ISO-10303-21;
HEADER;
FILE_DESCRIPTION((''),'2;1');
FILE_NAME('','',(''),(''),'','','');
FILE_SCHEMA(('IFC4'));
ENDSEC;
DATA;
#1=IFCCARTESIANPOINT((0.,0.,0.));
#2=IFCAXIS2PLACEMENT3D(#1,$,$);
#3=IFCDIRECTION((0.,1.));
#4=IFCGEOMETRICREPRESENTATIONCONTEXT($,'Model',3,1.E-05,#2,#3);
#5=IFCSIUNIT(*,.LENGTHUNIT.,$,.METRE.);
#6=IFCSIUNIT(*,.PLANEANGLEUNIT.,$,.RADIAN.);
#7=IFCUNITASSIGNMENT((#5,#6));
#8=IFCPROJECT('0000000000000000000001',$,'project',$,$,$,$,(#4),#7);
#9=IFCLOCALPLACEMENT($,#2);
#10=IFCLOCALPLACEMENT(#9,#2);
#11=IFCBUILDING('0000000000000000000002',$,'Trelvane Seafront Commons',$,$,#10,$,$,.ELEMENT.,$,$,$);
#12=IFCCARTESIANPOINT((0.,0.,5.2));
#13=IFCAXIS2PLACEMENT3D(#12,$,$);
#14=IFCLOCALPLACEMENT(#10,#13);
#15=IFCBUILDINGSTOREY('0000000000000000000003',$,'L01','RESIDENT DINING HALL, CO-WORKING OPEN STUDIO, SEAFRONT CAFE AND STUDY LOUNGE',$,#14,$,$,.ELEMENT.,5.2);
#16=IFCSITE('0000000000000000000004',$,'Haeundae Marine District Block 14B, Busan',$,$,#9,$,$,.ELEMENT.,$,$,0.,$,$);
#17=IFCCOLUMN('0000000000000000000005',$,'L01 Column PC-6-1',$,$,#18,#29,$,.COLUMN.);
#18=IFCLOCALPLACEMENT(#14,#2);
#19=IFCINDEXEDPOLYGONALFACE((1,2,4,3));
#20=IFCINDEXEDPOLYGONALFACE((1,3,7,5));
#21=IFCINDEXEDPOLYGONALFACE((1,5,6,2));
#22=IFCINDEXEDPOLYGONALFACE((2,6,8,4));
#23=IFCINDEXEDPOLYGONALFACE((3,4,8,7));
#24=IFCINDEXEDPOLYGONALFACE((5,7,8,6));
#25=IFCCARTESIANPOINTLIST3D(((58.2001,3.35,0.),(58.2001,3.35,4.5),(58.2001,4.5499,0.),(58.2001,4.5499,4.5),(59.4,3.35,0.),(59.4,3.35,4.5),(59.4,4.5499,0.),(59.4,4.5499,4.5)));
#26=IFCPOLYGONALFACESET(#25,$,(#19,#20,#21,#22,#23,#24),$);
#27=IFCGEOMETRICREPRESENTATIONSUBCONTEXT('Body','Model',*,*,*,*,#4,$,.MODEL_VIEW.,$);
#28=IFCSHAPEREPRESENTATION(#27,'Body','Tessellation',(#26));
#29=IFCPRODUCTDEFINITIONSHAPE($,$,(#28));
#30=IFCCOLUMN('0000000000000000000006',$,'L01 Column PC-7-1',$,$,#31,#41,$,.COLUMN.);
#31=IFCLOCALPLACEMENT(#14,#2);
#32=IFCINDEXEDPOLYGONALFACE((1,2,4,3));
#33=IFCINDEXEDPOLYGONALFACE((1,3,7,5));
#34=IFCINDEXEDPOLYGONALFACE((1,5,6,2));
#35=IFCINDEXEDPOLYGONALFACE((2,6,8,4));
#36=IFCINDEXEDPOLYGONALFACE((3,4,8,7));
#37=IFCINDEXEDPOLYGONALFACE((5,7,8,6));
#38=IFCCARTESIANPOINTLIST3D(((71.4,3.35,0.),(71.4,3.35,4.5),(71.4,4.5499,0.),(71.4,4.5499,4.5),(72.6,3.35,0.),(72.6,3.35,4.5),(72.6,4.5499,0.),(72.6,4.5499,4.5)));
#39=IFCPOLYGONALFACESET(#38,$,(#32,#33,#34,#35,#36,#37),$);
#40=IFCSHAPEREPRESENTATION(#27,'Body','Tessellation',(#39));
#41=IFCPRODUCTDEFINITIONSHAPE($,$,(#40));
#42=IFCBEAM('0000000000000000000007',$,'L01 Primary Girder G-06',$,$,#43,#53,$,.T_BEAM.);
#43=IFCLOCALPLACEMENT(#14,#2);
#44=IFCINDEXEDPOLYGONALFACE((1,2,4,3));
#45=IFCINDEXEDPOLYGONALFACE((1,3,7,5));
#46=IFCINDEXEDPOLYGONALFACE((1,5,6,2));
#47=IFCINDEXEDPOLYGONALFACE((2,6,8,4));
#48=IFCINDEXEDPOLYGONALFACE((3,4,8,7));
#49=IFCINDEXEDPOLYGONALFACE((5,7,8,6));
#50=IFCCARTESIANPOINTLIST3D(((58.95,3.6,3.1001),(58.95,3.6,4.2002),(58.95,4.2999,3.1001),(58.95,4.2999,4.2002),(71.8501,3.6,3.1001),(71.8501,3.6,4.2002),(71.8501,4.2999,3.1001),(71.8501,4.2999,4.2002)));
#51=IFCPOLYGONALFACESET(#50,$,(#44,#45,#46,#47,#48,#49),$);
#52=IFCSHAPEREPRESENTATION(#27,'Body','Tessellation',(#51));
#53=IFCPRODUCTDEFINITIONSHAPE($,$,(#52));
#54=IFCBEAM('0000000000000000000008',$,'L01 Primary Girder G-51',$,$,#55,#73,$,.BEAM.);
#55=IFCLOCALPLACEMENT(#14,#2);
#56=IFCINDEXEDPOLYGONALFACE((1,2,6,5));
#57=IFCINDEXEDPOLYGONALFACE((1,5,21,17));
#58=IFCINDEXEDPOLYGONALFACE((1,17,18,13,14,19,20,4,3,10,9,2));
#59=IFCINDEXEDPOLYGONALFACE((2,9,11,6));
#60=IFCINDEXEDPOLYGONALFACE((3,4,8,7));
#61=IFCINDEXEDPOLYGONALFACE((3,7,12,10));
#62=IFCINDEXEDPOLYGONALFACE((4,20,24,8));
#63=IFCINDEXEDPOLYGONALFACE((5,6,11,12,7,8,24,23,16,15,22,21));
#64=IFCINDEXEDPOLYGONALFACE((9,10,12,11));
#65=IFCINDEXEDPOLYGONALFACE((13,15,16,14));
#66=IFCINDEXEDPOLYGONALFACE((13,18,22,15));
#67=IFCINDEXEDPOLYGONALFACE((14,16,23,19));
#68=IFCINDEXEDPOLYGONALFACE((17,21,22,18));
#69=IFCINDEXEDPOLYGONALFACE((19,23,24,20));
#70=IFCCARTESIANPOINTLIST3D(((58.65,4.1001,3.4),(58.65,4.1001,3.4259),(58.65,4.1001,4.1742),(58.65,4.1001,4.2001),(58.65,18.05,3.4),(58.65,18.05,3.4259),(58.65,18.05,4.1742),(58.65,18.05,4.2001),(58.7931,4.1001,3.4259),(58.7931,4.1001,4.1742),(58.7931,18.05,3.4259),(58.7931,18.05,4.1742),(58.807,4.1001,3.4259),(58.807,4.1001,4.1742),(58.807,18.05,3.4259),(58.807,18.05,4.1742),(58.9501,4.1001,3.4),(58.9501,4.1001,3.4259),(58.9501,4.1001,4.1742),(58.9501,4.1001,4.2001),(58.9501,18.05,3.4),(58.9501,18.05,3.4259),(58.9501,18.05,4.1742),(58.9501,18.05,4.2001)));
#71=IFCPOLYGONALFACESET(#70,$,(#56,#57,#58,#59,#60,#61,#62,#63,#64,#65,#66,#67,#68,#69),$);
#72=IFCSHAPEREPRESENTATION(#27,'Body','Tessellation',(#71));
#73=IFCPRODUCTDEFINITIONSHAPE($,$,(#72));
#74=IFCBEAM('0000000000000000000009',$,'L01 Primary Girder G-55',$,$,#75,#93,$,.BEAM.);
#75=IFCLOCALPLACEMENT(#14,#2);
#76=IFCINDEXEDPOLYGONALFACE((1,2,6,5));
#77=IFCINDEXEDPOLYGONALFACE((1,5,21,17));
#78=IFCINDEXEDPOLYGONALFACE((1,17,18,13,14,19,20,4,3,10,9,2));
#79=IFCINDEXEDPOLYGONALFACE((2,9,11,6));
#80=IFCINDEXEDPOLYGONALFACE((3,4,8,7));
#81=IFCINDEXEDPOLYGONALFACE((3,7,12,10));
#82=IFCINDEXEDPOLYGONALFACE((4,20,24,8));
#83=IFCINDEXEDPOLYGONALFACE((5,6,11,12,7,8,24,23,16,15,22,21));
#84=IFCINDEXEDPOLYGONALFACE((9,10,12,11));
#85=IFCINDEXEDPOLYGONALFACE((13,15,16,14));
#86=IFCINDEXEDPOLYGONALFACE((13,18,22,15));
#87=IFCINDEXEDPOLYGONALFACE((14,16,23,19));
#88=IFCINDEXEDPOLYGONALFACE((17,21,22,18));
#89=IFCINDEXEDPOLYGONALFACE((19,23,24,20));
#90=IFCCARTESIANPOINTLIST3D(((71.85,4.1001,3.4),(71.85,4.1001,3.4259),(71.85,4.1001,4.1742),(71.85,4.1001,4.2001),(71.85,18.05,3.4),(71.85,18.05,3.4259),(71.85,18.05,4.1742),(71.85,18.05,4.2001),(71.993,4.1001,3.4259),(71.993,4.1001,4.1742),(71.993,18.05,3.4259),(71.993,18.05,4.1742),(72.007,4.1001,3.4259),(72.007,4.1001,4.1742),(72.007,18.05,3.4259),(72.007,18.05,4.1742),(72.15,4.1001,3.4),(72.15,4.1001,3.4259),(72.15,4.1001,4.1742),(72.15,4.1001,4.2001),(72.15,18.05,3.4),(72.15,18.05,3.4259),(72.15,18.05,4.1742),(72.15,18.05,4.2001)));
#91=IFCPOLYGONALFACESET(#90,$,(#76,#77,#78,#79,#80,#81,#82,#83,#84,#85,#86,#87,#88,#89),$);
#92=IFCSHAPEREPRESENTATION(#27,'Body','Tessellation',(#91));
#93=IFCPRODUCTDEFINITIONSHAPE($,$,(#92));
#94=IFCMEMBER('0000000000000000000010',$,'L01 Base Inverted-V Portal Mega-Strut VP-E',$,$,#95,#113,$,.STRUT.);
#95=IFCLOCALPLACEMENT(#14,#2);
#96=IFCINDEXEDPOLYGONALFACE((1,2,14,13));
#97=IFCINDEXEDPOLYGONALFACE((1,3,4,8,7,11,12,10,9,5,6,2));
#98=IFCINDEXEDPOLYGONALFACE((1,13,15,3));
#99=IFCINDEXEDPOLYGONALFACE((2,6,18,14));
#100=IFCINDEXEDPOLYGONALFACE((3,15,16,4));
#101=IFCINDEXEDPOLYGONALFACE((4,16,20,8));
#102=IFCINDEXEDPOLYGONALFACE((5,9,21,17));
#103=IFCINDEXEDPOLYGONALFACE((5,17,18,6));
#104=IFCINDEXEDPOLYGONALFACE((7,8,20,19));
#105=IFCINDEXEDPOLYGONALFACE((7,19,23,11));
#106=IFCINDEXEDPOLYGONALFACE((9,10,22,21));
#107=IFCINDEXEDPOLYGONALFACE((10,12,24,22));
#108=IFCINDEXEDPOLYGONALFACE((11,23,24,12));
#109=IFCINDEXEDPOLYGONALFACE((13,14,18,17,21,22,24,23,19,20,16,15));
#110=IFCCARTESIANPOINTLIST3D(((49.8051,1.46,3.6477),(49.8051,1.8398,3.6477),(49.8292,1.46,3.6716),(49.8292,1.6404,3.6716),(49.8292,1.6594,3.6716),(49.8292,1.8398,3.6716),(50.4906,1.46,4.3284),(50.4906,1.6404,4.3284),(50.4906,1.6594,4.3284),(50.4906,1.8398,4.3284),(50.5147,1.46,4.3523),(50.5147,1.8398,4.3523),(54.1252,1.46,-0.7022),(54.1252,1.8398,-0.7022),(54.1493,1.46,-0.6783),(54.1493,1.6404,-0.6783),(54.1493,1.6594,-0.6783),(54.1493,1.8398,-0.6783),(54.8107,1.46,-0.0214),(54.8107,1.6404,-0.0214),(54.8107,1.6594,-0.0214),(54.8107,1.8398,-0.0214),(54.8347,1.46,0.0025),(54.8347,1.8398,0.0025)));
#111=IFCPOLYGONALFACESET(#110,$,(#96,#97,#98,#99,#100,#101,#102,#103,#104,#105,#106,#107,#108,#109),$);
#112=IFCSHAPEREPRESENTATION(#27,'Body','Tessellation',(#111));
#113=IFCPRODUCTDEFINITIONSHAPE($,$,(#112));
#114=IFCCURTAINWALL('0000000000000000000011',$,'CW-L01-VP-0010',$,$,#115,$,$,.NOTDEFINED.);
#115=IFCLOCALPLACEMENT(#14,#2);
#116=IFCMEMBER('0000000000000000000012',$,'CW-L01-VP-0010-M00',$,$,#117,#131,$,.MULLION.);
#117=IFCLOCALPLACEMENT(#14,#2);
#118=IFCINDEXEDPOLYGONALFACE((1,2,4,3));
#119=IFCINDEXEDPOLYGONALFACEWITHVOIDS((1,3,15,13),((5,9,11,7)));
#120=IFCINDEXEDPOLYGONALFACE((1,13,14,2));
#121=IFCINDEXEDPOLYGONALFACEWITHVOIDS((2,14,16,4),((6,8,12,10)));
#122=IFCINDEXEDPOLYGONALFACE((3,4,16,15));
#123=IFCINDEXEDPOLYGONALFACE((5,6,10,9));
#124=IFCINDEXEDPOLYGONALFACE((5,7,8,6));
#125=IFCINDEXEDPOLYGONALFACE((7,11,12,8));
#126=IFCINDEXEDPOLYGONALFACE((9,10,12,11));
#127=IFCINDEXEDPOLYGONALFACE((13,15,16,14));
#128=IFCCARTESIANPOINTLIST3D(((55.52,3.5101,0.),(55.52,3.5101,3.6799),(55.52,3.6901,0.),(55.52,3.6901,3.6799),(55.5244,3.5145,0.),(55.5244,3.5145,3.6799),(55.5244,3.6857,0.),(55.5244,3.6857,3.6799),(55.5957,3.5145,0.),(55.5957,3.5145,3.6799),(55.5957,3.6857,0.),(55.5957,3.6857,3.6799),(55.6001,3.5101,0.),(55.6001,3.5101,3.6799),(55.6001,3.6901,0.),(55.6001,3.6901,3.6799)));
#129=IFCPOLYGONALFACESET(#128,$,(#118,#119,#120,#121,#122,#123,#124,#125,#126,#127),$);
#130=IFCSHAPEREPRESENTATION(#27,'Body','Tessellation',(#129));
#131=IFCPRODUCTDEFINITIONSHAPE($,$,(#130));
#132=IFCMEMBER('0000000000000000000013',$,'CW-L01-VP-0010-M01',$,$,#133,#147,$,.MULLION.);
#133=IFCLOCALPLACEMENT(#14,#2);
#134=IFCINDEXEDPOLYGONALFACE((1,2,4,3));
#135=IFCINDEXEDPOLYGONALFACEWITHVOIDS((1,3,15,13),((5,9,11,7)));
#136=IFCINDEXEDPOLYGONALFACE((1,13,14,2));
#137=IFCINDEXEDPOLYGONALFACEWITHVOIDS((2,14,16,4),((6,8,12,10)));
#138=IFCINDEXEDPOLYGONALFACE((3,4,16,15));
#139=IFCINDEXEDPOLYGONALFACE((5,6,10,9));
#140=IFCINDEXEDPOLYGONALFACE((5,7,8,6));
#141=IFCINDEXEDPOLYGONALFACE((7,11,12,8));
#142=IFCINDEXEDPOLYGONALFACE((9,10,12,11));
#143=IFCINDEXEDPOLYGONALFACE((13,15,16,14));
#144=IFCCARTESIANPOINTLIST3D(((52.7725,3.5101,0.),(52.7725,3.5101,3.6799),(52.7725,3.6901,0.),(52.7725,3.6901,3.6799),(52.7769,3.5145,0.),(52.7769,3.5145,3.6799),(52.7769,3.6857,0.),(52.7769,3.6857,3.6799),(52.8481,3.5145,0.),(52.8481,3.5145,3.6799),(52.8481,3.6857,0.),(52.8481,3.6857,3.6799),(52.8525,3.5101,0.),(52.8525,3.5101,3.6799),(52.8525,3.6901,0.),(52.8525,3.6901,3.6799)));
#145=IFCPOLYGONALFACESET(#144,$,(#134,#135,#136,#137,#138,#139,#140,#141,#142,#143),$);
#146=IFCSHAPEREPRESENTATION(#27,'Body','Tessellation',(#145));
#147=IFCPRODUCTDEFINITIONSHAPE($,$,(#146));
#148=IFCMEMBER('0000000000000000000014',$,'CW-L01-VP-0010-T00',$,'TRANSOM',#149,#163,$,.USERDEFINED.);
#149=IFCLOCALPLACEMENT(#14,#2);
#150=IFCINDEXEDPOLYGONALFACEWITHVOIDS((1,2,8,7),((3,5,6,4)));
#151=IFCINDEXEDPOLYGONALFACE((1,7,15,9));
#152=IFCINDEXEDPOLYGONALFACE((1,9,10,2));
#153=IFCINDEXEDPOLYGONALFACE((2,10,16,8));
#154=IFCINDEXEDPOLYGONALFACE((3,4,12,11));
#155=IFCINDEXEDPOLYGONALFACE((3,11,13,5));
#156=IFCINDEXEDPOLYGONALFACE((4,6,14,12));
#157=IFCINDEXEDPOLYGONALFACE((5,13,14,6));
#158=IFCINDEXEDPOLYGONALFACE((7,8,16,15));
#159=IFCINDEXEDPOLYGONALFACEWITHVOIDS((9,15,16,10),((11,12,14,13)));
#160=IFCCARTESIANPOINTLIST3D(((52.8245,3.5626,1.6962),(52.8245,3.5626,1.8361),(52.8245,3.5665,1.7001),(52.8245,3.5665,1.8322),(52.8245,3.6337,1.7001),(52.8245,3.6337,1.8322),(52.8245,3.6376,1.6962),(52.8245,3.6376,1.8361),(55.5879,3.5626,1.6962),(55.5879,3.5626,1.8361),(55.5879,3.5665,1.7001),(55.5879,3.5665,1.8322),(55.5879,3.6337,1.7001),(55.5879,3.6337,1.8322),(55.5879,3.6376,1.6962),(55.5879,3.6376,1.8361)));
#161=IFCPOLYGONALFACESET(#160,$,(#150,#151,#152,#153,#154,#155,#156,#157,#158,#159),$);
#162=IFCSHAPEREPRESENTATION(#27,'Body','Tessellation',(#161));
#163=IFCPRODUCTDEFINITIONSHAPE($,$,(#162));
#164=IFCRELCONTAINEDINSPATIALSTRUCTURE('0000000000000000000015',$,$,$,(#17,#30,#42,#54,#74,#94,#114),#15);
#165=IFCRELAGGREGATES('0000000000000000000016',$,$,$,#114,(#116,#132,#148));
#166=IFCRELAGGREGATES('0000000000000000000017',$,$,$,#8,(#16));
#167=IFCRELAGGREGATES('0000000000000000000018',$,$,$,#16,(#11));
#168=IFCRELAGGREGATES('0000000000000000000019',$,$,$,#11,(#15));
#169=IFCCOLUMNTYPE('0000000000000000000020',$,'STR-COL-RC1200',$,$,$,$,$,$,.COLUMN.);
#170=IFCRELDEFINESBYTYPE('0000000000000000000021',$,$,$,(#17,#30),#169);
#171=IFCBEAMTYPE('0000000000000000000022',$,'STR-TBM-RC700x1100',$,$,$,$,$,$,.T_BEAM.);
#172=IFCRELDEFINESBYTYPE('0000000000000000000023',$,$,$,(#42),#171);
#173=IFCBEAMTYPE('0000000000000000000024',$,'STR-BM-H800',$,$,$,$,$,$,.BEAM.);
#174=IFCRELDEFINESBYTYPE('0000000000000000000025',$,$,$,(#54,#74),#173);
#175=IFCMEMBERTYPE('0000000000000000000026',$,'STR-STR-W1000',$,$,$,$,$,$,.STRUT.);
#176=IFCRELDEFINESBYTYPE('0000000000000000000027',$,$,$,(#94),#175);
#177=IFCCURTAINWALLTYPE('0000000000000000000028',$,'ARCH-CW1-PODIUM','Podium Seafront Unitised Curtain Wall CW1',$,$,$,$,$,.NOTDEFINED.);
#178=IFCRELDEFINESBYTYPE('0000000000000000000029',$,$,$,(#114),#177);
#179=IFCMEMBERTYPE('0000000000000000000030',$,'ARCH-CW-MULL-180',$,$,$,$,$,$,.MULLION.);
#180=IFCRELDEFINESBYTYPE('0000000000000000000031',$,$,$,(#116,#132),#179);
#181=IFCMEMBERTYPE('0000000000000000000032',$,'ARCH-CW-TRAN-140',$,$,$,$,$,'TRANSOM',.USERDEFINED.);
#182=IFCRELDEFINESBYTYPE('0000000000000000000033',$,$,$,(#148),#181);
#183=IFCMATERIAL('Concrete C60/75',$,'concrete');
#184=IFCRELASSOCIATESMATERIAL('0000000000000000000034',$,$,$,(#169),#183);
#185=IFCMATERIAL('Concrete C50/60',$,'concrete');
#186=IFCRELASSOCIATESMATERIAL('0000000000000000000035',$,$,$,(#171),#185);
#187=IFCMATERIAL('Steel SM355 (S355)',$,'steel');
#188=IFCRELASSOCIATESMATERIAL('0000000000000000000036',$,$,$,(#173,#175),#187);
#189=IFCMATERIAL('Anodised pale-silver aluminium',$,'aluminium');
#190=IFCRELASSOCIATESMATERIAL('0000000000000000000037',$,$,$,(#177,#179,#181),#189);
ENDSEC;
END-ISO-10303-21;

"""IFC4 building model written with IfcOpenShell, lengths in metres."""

from ifc_helpers import new_model, si_unit, direction, frame, origin, origin_2d, place, context, subcontext, project, spatial, rectangle, hollow_rectangle, i_section, extrude, source, transform, mapped, material, material_profile, profile_set, type_object, element, aggregate, save


model = new_model("IFC4")

# Units and contexts
model_context = context("Model", 3, precision=1e-05, world=origin(), true_north=direction((0.0, 1.0)))
body_context = subcontext(model_context, "Body", "Model", "MODEL_VIEW")
ifc_project = project(units=[si_unit("LENGTHUNIT", "METRE"), si_unit("PLANEANGLEUNIT", "RADIAN")], contexts=[model_context])

# Site, building, storey
site_placement = place(None, origin())
site = spatial("IfcSite", under=ifc_project, at=site_placement, Name="Haeundae Marine District Block 14B, Busan", CompositionType="ELEMENT", RefElevation=0.0)
building_placement = place(site_placement, origin())
building = spatial("IfcBuilding", under=site, at=building_placement, Name="Trelvane Seafront Commons", CompositionType="ELEMENT")
storey_placement = place(building_placement, frame((0.0, 0.0, 5.2)))
storey = spatial("IfcBuildingStorey", under=building, at=storey_placement, Name="L01", Description="RESIDENT DINING HALL, CO-WORKING OPEN STUDIO, SEAFRONT CAFE AND STUDY LOUNGE", CompositionType="ELEMENT", Elevation=5.2)

# Columns
ifc_material_1 = material(Name="Concrete C60/75", Category="concrete")
ifc_material_profile_1 = material_profile(ifc_material_1, rectangle(XDim=1.2, YDim=1.2, at=origin_2d()), Name="RC-1200x1200")
ifc_profile_set_1 = profile_set([ifc_material_profile_1], Name="Concrete C60/75")
column_type = type_object("IfcColumnType", Name="STR-COL-RC1200", PredefinedType="COLUMN", material=ifc_profile_set_1)
shared_shape_1 = source(origin(), body_context, "Body", "SweptSolid", [
    extrude(rectangle(XDim=1.2, YDim=1.2, at=origin_2d()), origin(), (0.0, 0.0, 1.0), 4.5),
])
for number, where, z_axis, x_axis, name in (
    (1, (58.8, 3.95, 0.0), (0.0, 0.0, 1.0), (1.0, 0.0, 0.0), "L01 Column PC-6-1"),
    (2, (72.0, 3.95, 0.0), (0.0, 0.0, 1.0), (1.0, 0.0, 0.0), "L01 Column PC-7-1"),
):
    element("IfcColumn", number, at=place(storey_placement, frame(where, z_axis=z_axis, x_axis=x_axis)), inside=storey, type_object=column_type, Name=name, PredefinedType="COLUMN", context=body_context, shape_type="MappedRepresentation", body=[
        mapped(shared_shape_1, transform((0.0, 0.0, 0.0), x_axis=(1.0, 0.0, 0.0), y_axis=(0.0, 1.0, 0.0), z_axis=(0.0, 0.0, 1.0), scale=1.0)),
    ])

# Beams
ifc_material_2 = material(Name="Concrete C50/60", Category="concrete")
ifc_material_profile_2 = material_profile(ifc_material_2, rectangle(XDim=0.7, YDim=1.1001, at=origin_2d()), Name="RC-700x1100")
ifc_profile_set_2 = profile_set([ifc_material_profile_2], Name="Concrete C50/60")
beam_type_1 = type_object("IfcBeamType", Name="STR-TBM-RC700x1100", PredefinedType="T_BEAM", material=ifc_profile_set_2)
shared_shape_2 = source(origin(), body_context, "Body", "SweptSolid", [
    extrude(rectangle(XDim=0.7, YDim=1.1001, at=origin_2d()), origin(), (0.0, 0.0, 1.0), 12.9001),
])
beam_placement = place(storey_placement, frame((58.95, 3.95, 3.6501), z_axis=(1.0, 0.0, 0.0), x_axis=(0.0, 1.0, 0.0)))
element("IfcBeam", 3, at=beam_placement, inside=storey, type_object=beam_type_1, Name="L01 Primary Girder G-06", PredefinedType="T_BEAM", context=body_context, shape_type="MappedRepresentation", body=[
    mapped(shared_shape_2, transform((0.0, 0.0, 0.0), x_axis=(1.0, 0.0, 0.0), y_axis=(0.0, 1.0, 0.0), z_axis=(0.0, 0.0, 1.0), scale=1.0)),
])
ifc_material_3 = material(Name="Steel SM355 (S355)", Category="steel")
ifc_material_profile_3 = material_profile(ifc_material_3, i_section(OverallWidth=0.3, OverallDepth=0.8, WebThickness=0.0139, FlangeThickness=0.0259, at=origin_2d()), Name="H-800x300x14x26")
ifc_profile_set_3 = profile_set([ifc_material_profile_3], Name="Steel SM355 (S355)")
beam_type_2 = type_object("IfcBeamType", Name="STR-BM-H800", PredefinedType="BEAM", material=ifc_profile_set_3)
shared_shape_3 = source(origin(), body_context, "Body", "SweptSolid", [
    extrude(i_section(OverallWidth=0.3, OverallDepth=0.8, WebThickness=0.0139, FlangeThickness=0.0259, at=origin_2d()), origin(), (0.0, 0.0, 1.0), 13.95),
])
for number, where, z_axis, x_axis, name in (
    (4, (58.8, 4.1001, 3.8), (0.0, 1.0, 0.0), (-1.0, 0.0, 0.0), "L01 Primary Girder G-51"),
    (5, (72.0, 4.1001, 3.8), (0.0, 1.0, 0.0), (-1.0, 0.0, 0.0), "L01 Primary Girder G-55"),
):
    element("IfcBeam", number, at=place(storey_placement, frame(where, z_axis=z_axis, x_axis=x_axis)), inside=storey, type_object=beam_type_2, Name=name, PredefinedType="BEAM", context=body_context, shape_type="MappedRepresentation", body=[
        mapped(shared_shape_3, transform((0.0, 0.0, 0.0), x_axis=(1.0, 0.0, 0.0), y_axis=(0.0, 1.0, 0.0), z_axis=(0.0, 0.0, 1.0), scale=1.0)),
    ])

# Member
ifc_material_profile_4 = material_profile(ifc_material_3, i_section(OverallWidth=0.3799, OverallDepth=1.0, WebThickness=0.019, FlangeThickness=0.0339, at=origin_2d()), Name="W-1000x380x19x34")
ifc_profile_set_4 = profile_set([ifc_material_profile_4], Name="Steel SM355 (S355)")
member_type_1 = type_object("IfcMemberType", Name="STR-STR-W1000", PredefinedType="STRUT", material=ifc_profile_set_4)
shared_shape_4 = source(origin(), body_context, "Body", "SweptSolid", [
    extrude(i_section(OverallWidth=0.3799, OverallDepth=1.0, WebThickness=0.019, FlangeThickness=0.0339, at=origin_2d()), origin(), (0.0, 0.0, 1.0), 6.1306),
])
member_1_placement = place(storey_placement, frame((54.48, 1.6499, -0.3499), z_axis=(-0.704673, 0.0, 0.709532), x_axis=(0.0, -1.0, 0.0)))
element("IfcMember", 6, at=member_1_placement, inside=storey, type_object=member_type_1, Name="L01 Base Inverted-V Portal Mega-Strut VP-E", PredefinedType="STRUT", context=body_context, shape_type="MappedRepresentation", body=[
    mapped(shared_shape_4, transform((0.0, 0.0, 0.0), x_axis=(1.0, 0.0, 0.0), y_axis=(0.0, 1.0, 0.0), z_axis=(0.0, 0.0, 1.0), scale=1.0)),
])

# Curtain wall, members
ifc_material_4 = material(Name="Anodised pale-silver aluminium", Category="aluminium")
curtain_wall_type = type_object("IfcCurtainWallType", Name="ARCH-CW1-PODIUM", Description="Podium Seafront Unitised Curtain Wall CW1", PredefinedType="NOTDEFINED", material=ifc_material_4)
curtain_wall_placement = place(storey_placement, origin())
curtain_wall = element("IfcCurtainWall", 7, at=curtain_wall_placement, inside=storey, type_object=curtain_wall_type, Name="CW-L01-VP-0010", PredefinedType="NOTDEFINED")
ifc_material_profile_5 = material_profile(ifc_material_4, hollow_rectangle(XDim=0.0801, YDim=0.1799, WallThickness=0.0044, at=origin_2d()), Name="MULL-80x180x4.5")
ifc_profile_set_5 = profile_set([ifc_material_profile_5], Name="Anodised pale-silver aluminium")
member_type_2 = type_object("IfcMemberType", Name="ARCH-CW-MULL-180", PredefinedType="MULLION", material=ifc_profile_set_5)
shared_shape_5 = source(origin(), body_context, "Body", "SweptSolid", [
    extrude(hollow_rectangle(XDim=0.0801, YDim=0.1799, WallThickness=0.0044, at=origin_2d()), origin(), (0.0, 0.0, 1.0), 3.6799),
])
member_2_placement = place(storey_placement, frame((55.5601, 3.6001, 0.0), z_axis=(0.0, 0.0, 1.0), x_axis=(1.0, 0.0, 0.0)))
member_2 = element("IfcMember", 8, at=member_2_placement, type_object=member_type_2, Name="CW-L01-VP-0010-M00", PredefinedType="MULLION", context=body_context, shape_type="MappedRepresentation", body=[
    mapped(shared_shape_5, transform((0.0, 0.0, 0.0), x_axis=(1.0, 0.0, 0.0), y_axis=(0.0, 1.0, 0.0), z_axis=(0.0, 0.0, 1.0), scale=1.0)),
])
member_3_placement = place(storey_placement, frame((52.8125, 3.6001, 0.0), z_axis=(0.0, 0.0, 1.0), x_axis=(1.0, 0.0, 0.0)))
member_3 = element("IfcMember", 9, at=member_3_placement, type_object=member_type_2, Name="CW-L01-VP-0010-M01", PredefinedType="MULLION", context=body_context, shape_type="MappedRepresentation", body=[
    mapped(shared_shape_5, transform((0.0, 0.0, 0.0), x_axis=(1.0, 0.0, 0.0), y_axis=(0.0, 1.0, 0.0), z_axis=(0.0, 0.0, 1.0), scale=1.0)),
])
ifc_material_profile_6 = material_profile(ifc_material_4, hollow_rectangle(XDim=0.075, YDim=0.1399, WallThickness=0.0039, at=origin_2d()), Name="TRAN-75x140x4")
ifc_profile_set_6 = profile_set([ifc_material_profile_6], Name="Anodised pale-silver aluminium")
member_type_3 = type_object("IfcMemberType", Name="ARCH-CW-TRAN-140", ElementType="TRANSOM", PredefinedType="USERDEFINED", material=ifc_profile_set_6)
shared_shape_6 = source(origin(), body_context, "Body", "SweptSolid", [
    extrude(hollow_rectangle(XDim=0.075, YDim=0.1399, WallThickness=0.0039, at=origin_2d()), origin(), (0.0, 0.0, 1.0), 2.7634),
])
member_4_placement = place(storey_placement, frame((55.5879, 3.6001, 1.7661), z_axis=(-1.0, 0.0, 0.0), x_axis=(0.0, -1.0, 0.0)))
member_4 = element("IfcMember", 10, at=member_4_placement, type_object=member_type_3, Name="CW-L01-VP-0010-T00", ObjectType="TRANSOM", PredefinedType="USERDEFINED", context=body_context, shape_type="MappedRepresentation", body=[
    mapped(shared_shape_6, transform((0.0, 0.0, 0.0), x_axis=(1.0, 0.0, 0.0), y_axis=(0.0, 1.0, 0.0), z_axis=(0.0, 0.0, 1.0), scale=1.0)),
])

aggregate(curtain_wall, [member_2, member_3, member_4])

save(model, "model.ifc")
